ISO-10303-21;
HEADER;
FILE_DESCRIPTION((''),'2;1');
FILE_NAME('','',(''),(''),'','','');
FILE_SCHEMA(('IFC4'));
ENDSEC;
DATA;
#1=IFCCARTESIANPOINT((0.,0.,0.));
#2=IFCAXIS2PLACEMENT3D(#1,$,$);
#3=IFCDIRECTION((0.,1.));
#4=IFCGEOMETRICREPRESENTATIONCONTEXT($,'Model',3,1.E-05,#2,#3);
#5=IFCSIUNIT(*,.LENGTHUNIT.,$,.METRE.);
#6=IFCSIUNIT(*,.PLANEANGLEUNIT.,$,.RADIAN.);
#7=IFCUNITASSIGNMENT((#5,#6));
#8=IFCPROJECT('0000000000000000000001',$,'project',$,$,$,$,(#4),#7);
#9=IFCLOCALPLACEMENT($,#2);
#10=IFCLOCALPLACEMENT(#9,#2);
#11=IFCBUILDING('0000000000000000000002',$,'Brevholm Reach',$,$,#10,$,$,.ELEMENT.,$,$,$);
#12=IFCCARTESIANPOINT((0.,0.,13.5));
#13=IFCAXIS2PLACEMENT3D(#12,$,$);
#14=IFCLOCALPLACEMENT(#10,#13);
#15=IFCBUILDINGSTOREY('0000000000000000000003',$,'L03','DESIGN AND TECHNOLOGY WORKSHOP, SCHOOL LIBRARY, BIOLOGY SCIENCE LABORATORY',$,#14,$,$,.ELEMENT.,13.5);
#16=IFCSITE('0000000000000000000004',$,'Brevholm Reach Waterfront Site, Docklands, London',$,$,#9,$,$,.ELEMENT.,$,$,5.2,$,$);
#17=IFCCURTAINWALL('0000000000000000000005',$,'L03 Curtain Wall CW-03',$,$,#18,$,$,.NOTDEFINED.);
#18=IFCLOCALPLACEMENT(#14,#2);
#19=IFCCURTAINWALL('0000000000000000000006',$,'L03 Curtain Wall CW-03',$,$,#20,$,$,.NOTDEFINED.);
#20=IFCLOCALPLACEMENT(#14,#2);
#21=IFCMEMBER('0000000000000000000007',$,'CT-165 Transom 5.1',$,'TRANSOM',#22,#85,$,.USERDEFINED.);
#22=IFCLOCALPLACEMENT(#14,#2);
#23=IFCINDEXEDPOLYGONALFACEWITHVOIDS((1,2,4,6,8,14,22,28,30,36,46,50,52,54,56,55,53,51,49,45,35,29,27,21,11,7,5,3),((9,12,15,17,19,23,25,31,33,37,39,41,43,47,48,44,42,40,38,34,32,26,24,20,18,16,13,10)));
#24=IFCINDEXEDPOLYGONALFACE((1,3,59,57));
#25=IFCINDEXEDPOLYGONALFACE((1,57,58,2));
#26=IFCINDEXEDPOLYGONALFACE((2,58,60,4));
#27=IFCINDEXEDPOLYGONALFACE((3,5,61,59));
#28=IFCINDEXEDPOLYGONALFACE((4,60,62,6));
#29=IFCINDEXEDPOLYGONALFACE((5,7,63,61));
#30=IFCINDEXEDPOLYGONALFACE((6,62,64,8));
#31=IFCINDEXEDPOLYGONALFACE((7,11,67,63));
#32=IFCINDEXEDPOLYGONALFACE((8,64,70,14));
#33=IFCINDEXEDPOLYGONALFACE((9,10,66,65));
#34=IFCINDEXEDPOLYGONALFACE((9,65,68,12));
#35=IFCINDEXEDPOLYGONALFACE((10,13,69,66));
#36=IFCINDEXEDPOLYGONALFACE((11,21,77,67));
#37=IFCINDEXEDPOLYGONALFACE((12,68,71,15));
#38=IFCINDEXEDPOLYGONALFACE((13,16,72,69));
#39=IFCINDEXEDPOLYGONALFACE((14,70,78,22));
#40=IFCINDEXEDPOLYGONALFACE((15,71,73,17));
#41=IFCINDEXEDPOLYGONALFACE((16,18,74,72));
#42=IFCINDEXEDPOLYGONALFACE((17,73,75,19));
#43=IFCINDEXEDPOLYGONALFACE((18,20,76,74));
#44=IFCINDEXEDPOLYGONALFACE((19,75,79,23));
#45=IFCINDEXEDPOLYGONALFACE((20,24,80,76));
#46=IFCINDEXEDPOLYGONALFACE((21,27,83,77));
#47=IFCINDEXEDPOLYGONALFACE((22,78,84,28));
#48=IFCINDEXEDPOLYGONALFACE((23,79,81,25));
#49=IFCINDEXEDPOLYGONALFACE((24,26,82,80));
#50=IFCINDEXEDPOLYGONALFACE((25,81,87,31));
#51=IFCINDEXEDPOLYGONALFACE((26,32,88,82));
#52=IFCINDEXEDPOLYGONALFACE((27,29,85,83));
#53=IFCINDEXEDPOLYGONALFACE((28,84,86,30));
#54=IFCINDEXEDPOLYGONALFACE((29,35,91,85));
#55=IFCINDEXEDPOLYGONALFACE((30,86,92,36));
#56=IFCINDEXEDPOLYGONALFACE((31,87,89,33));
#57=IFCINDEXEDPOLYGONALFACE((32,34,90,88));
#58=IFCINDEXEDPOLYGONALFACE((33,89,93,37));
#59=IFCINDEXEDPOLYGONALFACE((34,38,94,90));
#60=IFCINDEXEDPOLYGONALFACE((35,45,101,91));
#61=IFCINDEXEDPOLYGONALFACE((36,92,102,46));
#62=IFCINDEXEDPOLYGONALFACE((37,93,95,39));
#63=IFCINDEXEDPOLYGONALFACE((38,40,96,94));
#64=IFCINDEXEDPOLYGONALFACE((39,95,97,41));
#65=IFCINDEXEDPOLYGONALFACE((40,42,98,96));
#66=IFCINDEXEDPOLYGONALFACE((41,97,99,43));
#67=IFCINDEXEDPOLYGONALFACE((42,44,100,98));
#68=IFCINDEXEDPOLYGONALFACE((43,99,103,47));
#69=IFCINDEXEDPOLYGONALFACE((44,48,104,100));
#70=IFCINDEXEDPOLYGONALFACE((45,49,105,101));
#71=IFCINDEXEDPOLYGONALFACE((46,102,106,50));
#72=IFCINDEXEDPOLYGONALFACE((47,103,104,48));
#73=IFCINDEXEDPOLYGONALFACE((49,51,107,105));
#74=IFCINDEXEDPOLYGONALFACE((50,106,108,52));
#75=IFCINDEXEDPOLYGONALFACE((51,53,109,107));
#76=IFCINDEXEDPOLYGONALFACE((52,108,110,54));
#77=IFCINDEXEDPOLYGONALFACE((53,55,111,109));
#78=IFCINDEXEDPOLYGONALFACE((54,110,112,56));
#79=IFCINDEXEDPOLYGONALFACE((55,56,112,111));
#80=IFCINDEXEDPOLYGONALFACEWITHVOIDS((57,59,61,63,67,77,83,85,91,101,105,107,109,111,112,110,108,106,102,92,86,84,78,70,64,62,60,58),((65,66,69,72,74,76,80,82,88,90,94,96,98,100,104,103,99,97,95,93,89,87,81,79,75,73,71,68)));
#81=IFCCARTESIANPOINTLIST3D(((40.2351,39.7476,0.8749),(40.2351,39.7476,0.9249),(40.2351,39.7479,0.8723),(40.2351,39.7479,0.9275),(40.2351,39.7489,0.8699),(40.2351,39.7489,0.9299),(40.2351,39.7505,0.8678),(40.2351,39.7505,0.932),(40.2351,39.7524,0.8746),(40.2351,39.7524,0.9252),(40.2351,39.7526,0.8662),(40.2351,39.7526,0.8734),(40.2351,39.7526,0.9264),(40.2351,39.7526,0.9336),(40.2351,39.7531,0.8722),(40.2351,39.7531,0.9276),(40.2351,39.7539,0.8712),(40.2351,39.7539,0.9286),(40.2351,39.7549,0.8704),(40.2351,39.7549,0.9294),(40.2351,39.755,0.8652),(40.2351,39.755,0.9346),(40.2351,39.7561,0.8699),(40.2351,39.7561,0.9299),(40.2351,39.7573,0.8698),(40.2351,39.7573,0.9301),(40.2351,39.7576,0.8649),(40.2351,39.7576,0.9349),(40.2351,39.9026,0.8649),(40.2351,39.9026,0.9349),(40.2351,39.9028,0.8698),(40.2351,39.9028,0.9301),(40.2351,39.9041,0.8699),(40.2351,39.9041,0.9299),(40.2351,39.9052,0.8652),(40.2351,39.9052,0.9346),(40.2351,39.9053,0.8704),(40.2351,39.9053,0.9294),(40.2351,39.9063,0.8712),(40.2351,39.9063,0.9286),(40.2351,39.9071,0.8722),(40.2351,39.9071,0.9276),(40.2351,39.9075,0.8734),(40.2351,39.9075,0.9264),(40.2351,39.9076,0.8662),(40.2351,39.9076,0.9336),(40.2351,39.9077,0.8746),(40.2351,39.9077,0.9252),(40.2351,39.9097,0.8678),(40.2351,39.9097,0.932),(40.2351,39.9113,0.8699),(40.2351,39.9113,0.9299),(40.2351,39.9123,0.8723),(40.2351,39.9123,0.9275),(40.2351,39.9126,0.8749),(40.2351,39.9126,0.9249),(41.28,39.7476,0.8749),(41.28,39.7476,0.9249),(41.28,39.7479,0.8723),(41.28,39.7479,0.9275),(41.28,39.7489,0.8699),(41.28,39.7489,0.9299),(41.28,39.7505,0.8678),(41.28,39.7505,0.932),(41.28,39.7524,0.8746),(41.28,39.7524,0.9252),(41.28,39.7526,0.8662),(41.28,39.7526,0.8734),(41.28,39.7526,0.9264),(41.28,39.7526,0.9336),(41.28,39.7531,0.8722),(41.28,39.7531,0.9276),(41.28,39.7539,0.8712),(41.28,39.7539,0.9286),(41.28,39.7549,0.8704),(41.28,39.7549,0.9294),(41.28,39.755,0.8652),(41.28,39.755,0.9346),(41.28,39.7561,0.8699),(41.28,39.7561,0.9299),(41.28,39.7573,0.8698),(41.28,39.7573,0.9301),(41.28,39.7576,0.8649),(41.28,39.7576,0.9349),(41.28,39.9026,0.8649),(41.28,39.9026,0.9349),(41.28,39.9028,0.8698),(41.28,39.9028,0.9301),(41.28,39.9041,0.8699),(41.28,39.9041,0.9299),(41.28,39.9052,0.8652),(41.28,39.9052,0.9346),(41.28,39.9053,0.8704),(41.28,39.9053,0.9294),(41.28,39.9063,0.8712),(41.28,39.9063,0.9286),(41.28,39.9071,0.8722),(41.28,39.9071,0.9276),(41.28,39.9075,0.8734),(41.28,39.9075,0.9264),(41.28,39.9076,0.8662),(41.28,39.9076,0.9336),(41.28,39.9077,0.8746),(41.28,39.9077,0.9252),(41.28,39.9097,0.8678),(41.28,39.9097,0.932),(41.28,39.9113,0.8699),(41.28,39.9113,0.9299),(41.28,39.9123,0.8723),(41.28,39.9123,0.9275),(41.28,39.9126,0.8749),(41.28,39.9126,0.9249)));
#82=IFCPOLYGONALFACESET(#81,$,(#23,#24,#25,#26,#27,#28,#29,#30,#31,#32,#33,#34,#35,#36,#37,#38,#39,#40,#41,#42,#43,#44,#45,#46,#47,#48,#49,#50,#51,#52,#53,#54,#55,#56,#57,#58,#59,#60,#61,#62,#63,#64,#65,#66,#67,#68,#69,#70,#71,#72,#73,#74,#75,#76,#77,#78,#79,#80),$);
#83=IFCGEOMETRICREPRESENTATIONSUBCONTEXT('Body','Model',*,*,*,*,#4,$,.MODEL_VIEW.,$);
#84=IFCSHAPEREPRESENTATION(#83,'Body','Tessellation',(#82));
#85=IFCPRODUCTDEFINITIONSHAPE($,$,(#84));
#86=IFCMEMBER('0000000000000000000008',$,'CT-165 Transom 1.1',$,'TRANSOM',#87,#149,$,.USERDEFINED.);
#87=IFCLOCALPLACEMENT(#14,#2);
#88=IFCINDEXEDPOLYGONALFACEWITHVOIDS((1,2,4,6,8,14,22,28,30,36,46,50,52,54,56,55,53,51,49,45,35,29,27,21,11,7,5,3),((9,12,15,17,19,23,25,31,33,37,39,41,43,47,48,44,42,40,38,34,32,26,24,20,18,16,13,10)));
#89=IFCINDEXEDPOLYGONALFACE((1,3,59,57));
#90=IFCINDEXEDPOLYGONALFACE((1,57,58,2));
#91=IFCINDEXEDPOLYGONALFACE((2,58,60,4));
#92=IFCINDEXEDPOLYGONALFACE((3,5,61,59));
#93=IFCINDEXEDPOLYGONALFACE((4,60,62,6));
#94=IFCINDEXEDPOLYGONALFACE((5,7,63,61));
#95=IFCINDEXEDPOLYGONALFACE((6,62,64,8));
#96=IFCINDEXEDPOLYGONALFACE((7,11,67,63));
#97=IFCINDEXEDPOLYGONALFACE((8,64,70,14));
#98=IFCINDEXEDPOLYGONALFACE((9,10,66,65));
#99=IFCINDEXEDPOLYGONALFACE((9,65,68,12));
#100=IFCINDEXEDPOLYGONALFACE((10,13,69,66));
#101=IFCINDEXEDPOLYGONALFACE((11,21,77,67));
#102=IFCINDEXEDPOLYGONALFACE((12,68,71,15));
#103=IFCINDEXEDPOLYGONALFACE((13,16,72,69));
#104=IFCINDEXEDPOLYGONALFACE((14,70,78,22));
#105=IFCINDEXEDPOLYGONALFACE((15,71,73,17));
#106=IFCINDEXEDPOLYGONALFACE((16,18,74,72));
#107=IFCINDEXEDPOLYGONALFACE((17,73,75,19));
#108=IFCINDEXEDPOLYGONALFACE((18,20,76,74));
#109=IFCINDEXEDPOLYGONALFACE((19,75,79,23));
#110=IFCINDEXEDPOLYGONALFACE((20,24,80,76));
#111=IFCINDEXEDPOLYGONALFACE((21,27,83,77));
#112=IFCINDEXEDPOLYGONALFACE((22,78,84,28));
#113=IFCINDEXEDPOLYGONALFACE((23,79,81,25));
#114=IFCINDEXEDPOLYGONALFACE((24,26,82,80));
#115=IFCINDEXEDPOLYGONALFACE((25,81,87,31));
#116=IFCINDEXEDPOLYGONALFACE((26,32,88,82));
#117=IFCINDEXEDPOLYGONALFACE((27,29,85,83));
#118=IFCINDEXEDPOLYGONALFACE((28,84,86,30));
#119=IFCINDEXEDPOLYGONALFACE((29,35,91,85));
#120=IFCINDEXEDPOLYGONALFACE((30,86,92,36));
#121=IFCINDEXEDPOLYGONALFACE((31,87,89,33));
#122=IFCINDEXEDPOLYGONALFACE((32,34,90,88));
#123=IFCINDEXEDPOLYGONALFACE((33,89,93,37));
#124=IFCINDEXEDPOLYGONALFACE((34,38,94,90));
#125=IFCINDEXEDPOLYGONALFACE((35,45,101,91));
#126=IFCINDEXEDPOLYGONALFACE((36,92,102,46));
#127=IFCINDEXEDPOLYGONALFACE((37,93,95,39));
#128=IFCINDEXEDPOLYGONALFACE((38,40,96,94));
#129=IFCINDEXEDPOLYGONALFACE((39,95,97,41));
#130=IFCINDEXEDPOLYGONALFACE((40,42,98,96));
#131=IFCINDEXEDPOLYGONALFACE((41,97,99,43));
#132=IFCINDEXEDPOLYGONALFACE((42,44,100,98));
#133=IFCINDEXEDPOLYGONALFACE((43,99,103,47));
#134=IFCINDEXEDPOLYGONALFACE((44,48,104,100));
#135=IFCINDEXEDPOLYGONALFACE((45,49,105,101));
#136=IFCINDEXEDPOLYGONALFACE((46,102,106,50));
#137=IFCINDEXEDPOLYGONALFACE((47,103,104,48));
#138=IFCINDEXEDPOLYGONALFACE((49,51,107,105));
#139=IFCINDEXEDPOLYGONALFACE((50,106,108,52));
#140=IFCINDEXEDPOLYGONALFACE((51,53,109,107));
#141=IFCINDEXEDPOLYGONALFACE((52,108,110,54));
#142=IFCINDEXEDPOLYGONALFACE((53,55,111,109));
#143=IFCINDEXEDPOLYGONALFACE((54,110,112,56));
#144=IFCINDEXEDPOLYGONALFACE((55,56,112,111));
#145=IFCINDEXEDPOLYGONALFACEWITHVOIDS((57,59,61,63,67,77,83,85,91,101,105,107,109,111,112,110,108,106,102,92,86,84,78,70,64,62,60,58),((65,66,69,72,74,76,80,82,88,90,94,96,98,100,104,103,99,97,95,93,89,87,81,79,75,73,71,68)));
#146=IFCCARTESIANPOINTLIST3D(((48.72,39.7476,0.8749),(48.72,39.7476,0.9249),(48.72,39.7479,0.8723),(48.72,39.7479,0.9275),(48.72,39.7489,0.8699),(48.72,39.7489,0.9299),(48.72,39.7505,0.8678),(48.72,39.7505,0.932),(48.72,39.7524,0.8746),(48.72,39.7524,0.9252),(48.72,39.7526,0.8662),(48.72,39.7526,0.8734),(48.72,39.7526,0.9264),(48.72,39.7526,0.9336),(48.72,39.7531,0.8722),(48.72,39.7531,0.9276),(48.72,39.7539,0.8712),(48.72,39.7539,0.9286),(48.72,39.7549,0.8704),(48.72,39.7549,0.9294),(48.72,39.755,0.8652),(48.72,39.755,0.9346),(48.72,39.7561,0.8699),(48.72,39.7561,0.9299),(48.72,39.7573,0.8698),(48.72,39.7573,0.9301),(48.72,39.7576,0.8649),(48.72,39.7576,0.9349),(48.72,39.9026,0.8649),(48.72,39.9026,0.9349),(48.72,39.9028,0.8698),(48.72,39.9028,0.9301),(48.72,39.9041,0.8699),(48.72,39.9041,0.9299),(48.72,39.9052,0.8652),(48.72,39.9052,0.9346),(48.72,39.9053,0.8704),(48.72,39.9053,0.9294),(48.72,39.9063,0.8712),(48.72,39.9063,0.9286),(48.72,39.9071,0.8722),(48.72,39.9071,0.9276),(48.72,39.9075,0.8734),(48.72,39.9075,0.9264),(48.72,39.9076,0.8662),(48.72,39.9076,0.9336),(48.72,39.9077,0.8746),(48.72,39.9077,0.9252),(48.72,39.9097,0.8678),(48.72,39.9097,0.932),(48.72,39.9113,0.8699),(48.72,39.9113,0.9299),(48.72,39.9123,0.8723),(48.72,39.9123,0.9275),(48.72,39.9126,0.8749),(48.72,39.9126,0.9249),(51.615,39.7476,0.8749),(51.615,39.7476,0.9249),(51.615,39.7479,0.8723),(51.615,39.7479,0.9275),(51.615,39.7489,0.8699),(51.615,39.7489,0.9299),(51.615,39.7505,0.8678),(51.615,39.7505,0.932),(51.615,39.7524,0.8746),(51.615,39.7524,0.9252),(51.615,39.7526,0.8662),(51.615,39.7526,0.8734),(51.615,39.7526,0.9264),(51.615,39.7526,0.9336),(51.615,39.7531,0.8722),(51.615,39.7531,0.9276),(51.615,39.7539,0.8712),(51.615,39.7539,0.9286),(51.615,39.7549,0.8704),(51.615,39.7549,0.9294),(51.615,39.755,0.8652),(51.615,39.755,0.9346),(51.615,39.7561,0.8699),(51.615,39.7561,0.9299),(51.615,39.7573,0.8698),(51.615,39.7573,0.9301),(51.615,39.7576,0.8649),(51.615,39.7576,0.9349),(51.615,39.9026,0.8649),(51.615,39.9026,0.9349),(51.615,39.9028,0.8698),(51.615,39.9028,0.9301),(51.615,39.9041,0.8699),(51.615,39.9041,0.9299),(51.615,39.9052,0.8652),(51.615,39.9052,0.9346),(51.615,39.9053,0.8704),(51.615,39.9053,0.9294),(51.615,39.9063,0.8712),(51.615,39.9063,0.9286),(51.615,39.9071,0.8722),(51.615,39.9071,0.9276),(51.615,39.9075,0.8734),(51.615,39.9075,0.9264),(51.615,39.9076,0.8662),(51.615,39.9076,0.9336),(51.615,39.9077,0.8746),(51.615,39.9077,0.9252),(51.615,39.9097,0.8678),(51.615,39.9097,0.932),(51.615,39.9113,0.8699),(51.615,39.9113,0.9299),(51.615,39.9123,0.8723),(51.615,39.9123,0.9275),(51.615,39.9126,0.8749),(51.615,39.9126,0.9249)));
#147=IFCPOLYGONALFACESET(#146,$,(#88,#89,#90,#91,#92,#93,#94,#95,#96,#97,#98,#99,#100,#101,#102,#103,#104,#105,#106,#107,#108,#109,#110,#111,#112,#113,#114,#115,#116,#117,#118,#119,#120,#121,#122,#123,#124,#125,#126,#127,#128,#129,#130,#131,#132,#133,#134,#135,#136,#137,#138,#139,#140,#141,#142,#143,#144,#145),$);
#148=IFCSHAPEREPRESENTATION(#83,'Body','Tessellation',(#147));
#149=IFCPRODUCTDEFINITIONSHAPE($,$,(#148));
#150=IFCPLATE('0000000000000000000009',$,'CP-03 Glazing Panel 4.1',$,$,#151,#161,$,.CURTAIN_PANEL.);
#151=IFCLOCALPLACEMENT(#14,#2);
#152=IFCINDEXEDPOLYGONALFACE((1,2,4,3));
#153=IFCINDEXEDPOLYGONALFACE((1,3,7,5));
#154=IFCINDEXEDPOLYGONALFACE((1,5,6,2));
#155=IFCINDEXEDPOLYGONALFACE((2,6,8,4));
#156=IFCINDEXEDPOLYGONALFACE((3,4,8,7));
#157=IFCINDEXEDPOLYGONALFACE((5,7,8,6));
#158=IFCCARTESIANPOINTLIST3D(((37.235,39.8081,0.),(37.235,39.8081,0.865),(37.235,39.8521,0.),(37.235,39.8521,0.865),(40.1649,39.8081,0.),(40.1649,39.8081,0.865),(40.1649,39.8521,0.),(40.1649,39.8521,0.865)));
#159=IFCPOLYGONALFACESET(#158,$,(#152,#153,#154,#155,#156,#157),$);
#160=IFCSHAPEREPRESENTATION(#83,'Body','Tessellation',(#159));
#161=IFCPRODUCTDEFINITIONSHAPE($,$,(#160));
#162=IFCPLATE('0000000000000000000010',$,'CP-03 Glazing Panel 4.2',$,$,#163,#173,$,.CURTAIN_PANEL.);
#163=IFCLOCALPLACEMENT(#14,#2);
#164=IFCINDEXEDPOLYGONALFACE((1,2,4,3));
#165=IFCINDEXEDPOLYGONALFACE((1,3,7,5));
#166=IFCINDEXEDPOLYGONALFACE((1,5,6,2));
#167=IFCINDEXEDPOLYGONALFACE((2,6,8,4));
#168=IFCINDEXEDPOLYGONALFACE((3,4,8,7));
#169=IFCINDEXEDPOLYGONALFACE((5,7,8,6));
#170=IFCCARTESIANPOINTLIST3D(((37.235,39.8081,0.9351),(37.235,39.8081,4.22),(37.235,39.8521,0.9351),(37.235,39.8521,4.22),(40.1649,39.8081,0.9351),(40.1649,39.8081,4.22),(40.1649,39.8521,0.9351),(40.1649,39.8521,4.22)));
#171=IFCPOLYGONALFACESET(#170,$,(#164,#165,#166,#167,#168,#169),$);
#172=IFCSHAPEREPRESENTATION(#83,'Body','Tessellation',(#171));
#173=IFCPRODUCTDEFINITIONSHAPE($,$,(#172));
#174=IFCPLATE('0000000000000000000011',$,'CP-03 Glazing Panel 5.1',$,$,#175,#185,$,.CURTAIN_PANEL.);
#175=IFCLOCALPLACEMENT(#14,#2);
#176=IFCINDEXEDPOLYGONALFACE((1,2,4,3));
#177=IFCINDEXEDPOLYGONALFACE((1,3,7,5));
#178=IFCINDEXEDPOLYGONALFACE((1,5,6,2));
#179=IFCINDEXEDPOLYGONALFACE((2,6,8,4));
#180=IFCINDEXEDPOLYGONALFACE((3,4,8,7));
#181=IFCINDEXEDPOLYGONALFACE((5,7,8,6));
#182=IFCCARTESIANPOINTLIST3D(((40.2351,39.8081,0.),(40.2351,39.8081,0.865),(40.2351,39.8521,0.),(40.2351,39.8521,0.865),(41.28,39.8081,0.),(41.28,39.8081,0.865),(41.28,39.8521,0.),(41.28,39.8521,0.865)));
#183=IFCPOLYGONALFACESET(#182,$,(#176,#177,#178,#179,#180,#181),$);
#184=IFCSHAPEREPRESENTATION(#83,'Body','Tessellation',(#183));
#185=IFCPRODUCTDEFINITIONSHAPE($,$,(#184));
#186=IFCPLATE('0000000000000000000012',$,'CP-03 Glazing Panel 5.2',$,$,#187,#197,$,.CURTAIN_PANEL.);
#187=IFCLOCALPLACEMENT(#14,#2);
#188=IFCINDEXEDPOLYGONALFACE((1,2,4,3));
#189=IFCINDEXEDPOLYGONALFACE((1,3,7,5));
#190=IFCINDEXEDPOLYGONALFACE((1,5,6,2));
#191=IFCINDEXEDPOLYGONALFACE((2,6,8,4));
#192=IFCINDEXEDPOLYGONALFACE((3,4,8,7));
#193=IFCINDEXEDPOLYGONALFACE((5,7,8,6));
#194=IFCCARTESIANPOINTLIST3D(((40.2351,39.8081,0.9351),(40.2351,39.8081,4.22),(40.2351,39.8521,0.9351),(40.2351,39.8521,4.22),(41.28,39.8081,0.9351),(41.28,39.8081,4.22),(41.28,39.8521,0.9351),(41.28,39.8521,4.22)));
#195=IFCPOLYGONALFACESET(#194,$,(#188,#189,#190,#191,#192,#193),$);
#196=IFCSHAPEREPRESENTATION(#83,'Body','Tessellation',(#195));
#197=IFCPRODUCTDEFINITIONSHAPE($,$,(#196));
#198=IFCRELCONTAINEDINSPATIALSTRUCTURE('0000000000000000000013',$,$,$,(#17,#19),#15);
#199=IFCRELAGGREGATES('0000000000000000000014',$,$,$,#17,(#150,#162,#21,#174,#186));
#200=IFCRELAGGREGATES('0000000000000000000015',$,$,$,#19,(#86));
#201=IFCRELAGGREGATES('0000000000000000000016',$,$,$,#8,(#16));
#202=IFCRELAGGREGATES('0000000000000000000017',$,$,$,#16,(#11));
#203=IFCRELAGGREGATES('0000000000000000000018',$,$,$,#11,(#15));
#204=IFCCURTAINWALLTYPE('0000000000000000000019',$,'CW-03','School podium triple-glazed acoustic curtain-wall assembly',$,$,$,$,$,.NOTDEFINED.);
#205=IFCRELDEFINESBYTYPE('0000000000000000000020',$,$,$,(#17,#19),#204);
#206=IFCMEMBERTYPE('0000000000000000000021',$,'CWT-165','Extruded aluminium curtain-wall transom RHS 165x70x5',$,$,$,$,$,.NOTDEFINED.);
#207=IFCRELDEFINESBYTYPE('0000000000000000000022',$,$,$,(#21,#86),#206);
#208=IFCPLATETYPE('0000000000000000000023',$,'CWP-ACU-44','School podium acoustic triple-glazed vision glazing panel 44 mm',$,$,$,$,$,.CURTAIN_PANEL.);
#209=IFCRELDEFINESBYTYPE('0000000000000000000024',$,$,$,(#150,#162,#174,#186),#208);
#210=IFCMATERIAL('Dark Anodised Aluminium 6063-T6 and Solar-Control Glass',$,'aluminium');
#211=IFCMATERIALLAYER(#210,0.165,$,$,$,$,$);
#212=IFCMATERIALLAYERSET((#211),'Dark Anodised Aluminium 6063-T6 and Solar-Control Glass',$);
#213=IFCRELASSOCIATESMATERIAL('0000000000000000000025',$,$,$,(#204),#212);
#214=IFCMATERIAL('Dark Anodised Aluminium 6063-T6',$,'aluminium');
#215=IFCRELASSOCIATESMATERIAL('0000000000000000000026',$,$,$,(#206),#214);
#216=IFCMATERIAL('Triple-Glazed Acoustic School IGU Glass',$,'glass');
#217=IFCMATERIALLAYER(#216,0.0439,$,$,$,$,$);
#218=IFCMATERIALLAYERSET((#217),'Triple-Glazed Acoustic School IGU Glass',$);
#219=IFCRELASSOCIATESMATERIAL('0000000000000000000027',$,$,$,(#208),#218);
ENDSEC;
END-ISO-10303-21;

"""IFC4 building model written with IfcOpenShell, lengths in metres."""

from ifc_helpers import new_model, si_unit, direction, frame, origin, origin_2d, place, context, subcontext, project, spatial, rectangle, hollow_rectangle, extrude, material, layer, layer_set, material_profile, profile_set, type_object, element, aggregate, save


model = new_model("IFC4")

# Units and contexts
model_context = context("Model", 3, precision=1e-05, world=origin(), true_north=direction((0.0, 1.0)))
body_context = subcontext(model_context, "Body", "Model", "MODEL_VIEW")
ifc_project = project(units=[si_unit("LENGTHUNIT", "METRE"), si_unit("PLANEANGLEUNIT", "RADIAN")], contexts=[model_context])

# Site, building, storey
site_placement = place(None, origin())
site = spatial("IfcSite", under=ifc_project, at=site_placement, Name="Brevholm Reach Waterfront Site, Docklands, London", CompositionType="ELEMENT", RefElevation=5.2)
building_placement = place(site_placement, origin())
building = spatial("IfcBuilding", under=site, at=building_placement, Name="Brevholm Reach", CompositionType="ELEMENT")
storey_placement = place(building_placement, frame((0.0, 0.0, 13.5)))
storey = spatial("IfcBuildingStorey", under=building, at=storey_placement, Name="L03", Description="DESIGN AND TECHNOLOGY WORKSHOP, SCHOOL LIBRARY, BIOLOGY SCIENCE LABORATORY", CompositionType="ELEMENT", Elevation=13.5)

# Curtain wall
ifc_material_1 = material(Name="Dark Anodised Aluminium 6063-T6 and Solar-Control Glass", Category="aluminium")
ifc_layer_1 = layer(ifc_material_1, 0.165)
ifc_layer_set_1 = layer_set([ifc_layer_1], Name="Dark Anodised Aluminium 6063-T6 and Solar-Control Glass")
curtain_wall_type = type_object("IfcCurtainWallType", Name="CW-03", Description="School podium triple-glazed acoustic curtain-wall assembly", PredefinedType="NOTDEFINED", material=ifc_layer_set_1)
curtain_wall_1_placement = place(storey_placement, origin())
curtain_wall_1 = element("IfcCurtainWall", 1, at=curtain_wall_1_placement, inside=storey, type_object=curtain_wall_type, Name="L03 Curtain Wall CW-03", PredefinedType="NOTDEFINED")

# Curtain wall
curtain_wall_2_placement = place(storey_placement, origin())
curtain_wall_2 = element("IfcCurtainWall", 2, at=curtain_wall_2_placement, inside=storey, type_object=curtain_wall_type, Name="L03 Curtain Wall CW-03", PredefinedType="NOTDEFINED")

# Members
ifc_material_2 = material(Name="Dark Anodised Aluminium 6063-T6", Category="aluminium")
ifc_material_profile_1 = material_profile(ifc_material_2, hollow_rectangle(XDim=0.0701, YDim=0.165, WallThickness=0.0049, InnerFilletRadius=0.0049, OuterFilletRadius=0.01, at=origin_2d()), Name="RHS 165x70x5")
ifc_profile_set_1 = profile_set([ifc_material_profile_1], Name="Dark Anodised Aluminium 6063-T6")
member_type_1 = type_object("IfcMemberType", Name="CWT-165", Description="Extruded aluminium curtain-wall transom RHS 165x70x5", PredefinedType="NOTDEFINED", material=ifc_profile_set_1)
member_1_placement = place(storey_placement, frame((40.2351, 39.8301, 0.8999), z_axis=(1.0, 0.0, 0.0), x_axis=(0.0, 0.0, 1.0)))
member_1 = element("IfcMember", 3, at=member_1_placement, type_object=member_type_1, Name="CT-165 Transom 5.1", ObjectType="TRANSOM", PredefinedType="USERDEFINED", context=body_context, shape_type="SweptSolid", body=[
    extrude(hollow_rectangle(XDim=0.0701, YDim=0.165, WallThickness=0.0049, InnerFilletRadius=0.0049, OuterFilletRadius=0.01, at=origin_2d()), origin(), (0.0, 0.0, 1.0), 1.0449),
])
member_2_placement = place(storey_placement, frame((48.72, 39.8301, 0.8999), z_axis=(1.0, 0.0, 0.0), x_axis=(0.0, 0.0, 1.0)))
member_2 = element("IfcMember", 4, at=member_2_placement, type_object=member_type_1, Name="CT-165 Transom 1.1", ObjectType="TRANSOM", PredefinedType="USERDEFINED", context=body_context, shape_type="SweptSolid", body=[
    extrude(hollow_rectangle(XDim=0.0701, YDim=0.165, WallThickness=0.0049, InnerFilletRadius=0.0049, OuterFilletRadius=0.01, at=origin_2d()), origin(), (0.0, 0.0, 1.0), 2.895),
])

# Plates
ifc_material_3 = material(Name="Triple-Glazed Acoustic School IGU Glass", Category="glass")
ifc_layer_2 = layer(ifc_material_3, 0.0439)
ifc_layer_set_2 = layer_set([ifc_layer_2], Name="Triple-Glazed Acoustic School IGU Glass")
plate_type = type_object("IfcPlateType", Name="CWP-ACU-44", Description="School podium acoustic triple-glazed vision glazing panel 44 mm", PredefinedType="CURTAIN_PANEL", material=ifc_layer_set_2)
plate_1_placement = place(storey_placement, frame((38.7, 39.8301, 0.0), z_axis=(0.0, 0.0, 1.0), x_axis=(1.0, 0.0, 0.0)))
plate_1 = element("IfcPlate", 5, at=plate_1_placement, type_object=plate_type, Name="CP-03 Glazing Panel 4.1", PredefinedType="CURTAIN_PANEL", context=body_context, shape_type="SweptSolid", body=[
    extrude(rectangle(XDim=2.9299, YDim=0.0439, at=origin_2d()), origin(), (0.0, 0.0, 1.0), 0.865),
])
plate_2_placement = place(storey_placement, frame((38.7, 39.8301, 0.9351), z_axis=(0.0, 0.0, 1.0), x_axis=(1.0, 0.0, 0.0)))
plate_2 = element("IfcPlate", 6, at=plate_2_placement, type_object=plate_type, Name="CP-03 Glazing Panel 4.2", PredefinedType="CURTAIN_PANEL", context=body_context, shape_type="SweptSolid", body=[
    extrude(rectangle(XDim=2.9299, YDim=0.0439, at=origin_2d()), origin(), (0.0, 0.0, 1.0), 3.2849),
])
plate_3_placement = place(storey_placement, frame((40.7576, 39.8301, 0.0), z_axis=(0.0, 0.0, 1.0), x_axis=(1.0, 0.0, 0.0)))
plate_3 = element("IfcPlate", 7, at=plate_3_placement, type_object=plate_type, Name="CP-03 Glazing Panel 5.1", PredefinedType="CURTAIN_PANEL", context=body_context, shape_type="SweptSolid", body=[
    extrude(rectangle(XDim=1.0449, YDim=0.0439, at=origin_2d()), origin(), (0.0, 0.0, 1.0), 0.865),
])
plate_4_placement = place(storey_placement, frame((40.7576, 39.8301, 0.9351), z_axis=(0.0, 0.0, 1.0), x_axis=(1.0, 0.0, 0.0)))
plate_4 = element("IfcPlate", 8, at=plate_4_placement, type_object=plate_type, Name="CP-03 Glazing Panel 5.2", PredefinedType="CURTAIN_PANEL", context=body_context, shape_type="SweptSolid", body=[
    extrude(rectangle(XDim=1.0449, YDim=0.0439, at=origin_2d()), origin(), (0.0, 0.0, 1.0), 3.2849),
])
aggregate(curtain_wall_1, [plate_1, plate_2, member_1, plate_3, plate_4])
aggregate(curtain_wall_2, [member_2])

save(model, "model.ifc")
